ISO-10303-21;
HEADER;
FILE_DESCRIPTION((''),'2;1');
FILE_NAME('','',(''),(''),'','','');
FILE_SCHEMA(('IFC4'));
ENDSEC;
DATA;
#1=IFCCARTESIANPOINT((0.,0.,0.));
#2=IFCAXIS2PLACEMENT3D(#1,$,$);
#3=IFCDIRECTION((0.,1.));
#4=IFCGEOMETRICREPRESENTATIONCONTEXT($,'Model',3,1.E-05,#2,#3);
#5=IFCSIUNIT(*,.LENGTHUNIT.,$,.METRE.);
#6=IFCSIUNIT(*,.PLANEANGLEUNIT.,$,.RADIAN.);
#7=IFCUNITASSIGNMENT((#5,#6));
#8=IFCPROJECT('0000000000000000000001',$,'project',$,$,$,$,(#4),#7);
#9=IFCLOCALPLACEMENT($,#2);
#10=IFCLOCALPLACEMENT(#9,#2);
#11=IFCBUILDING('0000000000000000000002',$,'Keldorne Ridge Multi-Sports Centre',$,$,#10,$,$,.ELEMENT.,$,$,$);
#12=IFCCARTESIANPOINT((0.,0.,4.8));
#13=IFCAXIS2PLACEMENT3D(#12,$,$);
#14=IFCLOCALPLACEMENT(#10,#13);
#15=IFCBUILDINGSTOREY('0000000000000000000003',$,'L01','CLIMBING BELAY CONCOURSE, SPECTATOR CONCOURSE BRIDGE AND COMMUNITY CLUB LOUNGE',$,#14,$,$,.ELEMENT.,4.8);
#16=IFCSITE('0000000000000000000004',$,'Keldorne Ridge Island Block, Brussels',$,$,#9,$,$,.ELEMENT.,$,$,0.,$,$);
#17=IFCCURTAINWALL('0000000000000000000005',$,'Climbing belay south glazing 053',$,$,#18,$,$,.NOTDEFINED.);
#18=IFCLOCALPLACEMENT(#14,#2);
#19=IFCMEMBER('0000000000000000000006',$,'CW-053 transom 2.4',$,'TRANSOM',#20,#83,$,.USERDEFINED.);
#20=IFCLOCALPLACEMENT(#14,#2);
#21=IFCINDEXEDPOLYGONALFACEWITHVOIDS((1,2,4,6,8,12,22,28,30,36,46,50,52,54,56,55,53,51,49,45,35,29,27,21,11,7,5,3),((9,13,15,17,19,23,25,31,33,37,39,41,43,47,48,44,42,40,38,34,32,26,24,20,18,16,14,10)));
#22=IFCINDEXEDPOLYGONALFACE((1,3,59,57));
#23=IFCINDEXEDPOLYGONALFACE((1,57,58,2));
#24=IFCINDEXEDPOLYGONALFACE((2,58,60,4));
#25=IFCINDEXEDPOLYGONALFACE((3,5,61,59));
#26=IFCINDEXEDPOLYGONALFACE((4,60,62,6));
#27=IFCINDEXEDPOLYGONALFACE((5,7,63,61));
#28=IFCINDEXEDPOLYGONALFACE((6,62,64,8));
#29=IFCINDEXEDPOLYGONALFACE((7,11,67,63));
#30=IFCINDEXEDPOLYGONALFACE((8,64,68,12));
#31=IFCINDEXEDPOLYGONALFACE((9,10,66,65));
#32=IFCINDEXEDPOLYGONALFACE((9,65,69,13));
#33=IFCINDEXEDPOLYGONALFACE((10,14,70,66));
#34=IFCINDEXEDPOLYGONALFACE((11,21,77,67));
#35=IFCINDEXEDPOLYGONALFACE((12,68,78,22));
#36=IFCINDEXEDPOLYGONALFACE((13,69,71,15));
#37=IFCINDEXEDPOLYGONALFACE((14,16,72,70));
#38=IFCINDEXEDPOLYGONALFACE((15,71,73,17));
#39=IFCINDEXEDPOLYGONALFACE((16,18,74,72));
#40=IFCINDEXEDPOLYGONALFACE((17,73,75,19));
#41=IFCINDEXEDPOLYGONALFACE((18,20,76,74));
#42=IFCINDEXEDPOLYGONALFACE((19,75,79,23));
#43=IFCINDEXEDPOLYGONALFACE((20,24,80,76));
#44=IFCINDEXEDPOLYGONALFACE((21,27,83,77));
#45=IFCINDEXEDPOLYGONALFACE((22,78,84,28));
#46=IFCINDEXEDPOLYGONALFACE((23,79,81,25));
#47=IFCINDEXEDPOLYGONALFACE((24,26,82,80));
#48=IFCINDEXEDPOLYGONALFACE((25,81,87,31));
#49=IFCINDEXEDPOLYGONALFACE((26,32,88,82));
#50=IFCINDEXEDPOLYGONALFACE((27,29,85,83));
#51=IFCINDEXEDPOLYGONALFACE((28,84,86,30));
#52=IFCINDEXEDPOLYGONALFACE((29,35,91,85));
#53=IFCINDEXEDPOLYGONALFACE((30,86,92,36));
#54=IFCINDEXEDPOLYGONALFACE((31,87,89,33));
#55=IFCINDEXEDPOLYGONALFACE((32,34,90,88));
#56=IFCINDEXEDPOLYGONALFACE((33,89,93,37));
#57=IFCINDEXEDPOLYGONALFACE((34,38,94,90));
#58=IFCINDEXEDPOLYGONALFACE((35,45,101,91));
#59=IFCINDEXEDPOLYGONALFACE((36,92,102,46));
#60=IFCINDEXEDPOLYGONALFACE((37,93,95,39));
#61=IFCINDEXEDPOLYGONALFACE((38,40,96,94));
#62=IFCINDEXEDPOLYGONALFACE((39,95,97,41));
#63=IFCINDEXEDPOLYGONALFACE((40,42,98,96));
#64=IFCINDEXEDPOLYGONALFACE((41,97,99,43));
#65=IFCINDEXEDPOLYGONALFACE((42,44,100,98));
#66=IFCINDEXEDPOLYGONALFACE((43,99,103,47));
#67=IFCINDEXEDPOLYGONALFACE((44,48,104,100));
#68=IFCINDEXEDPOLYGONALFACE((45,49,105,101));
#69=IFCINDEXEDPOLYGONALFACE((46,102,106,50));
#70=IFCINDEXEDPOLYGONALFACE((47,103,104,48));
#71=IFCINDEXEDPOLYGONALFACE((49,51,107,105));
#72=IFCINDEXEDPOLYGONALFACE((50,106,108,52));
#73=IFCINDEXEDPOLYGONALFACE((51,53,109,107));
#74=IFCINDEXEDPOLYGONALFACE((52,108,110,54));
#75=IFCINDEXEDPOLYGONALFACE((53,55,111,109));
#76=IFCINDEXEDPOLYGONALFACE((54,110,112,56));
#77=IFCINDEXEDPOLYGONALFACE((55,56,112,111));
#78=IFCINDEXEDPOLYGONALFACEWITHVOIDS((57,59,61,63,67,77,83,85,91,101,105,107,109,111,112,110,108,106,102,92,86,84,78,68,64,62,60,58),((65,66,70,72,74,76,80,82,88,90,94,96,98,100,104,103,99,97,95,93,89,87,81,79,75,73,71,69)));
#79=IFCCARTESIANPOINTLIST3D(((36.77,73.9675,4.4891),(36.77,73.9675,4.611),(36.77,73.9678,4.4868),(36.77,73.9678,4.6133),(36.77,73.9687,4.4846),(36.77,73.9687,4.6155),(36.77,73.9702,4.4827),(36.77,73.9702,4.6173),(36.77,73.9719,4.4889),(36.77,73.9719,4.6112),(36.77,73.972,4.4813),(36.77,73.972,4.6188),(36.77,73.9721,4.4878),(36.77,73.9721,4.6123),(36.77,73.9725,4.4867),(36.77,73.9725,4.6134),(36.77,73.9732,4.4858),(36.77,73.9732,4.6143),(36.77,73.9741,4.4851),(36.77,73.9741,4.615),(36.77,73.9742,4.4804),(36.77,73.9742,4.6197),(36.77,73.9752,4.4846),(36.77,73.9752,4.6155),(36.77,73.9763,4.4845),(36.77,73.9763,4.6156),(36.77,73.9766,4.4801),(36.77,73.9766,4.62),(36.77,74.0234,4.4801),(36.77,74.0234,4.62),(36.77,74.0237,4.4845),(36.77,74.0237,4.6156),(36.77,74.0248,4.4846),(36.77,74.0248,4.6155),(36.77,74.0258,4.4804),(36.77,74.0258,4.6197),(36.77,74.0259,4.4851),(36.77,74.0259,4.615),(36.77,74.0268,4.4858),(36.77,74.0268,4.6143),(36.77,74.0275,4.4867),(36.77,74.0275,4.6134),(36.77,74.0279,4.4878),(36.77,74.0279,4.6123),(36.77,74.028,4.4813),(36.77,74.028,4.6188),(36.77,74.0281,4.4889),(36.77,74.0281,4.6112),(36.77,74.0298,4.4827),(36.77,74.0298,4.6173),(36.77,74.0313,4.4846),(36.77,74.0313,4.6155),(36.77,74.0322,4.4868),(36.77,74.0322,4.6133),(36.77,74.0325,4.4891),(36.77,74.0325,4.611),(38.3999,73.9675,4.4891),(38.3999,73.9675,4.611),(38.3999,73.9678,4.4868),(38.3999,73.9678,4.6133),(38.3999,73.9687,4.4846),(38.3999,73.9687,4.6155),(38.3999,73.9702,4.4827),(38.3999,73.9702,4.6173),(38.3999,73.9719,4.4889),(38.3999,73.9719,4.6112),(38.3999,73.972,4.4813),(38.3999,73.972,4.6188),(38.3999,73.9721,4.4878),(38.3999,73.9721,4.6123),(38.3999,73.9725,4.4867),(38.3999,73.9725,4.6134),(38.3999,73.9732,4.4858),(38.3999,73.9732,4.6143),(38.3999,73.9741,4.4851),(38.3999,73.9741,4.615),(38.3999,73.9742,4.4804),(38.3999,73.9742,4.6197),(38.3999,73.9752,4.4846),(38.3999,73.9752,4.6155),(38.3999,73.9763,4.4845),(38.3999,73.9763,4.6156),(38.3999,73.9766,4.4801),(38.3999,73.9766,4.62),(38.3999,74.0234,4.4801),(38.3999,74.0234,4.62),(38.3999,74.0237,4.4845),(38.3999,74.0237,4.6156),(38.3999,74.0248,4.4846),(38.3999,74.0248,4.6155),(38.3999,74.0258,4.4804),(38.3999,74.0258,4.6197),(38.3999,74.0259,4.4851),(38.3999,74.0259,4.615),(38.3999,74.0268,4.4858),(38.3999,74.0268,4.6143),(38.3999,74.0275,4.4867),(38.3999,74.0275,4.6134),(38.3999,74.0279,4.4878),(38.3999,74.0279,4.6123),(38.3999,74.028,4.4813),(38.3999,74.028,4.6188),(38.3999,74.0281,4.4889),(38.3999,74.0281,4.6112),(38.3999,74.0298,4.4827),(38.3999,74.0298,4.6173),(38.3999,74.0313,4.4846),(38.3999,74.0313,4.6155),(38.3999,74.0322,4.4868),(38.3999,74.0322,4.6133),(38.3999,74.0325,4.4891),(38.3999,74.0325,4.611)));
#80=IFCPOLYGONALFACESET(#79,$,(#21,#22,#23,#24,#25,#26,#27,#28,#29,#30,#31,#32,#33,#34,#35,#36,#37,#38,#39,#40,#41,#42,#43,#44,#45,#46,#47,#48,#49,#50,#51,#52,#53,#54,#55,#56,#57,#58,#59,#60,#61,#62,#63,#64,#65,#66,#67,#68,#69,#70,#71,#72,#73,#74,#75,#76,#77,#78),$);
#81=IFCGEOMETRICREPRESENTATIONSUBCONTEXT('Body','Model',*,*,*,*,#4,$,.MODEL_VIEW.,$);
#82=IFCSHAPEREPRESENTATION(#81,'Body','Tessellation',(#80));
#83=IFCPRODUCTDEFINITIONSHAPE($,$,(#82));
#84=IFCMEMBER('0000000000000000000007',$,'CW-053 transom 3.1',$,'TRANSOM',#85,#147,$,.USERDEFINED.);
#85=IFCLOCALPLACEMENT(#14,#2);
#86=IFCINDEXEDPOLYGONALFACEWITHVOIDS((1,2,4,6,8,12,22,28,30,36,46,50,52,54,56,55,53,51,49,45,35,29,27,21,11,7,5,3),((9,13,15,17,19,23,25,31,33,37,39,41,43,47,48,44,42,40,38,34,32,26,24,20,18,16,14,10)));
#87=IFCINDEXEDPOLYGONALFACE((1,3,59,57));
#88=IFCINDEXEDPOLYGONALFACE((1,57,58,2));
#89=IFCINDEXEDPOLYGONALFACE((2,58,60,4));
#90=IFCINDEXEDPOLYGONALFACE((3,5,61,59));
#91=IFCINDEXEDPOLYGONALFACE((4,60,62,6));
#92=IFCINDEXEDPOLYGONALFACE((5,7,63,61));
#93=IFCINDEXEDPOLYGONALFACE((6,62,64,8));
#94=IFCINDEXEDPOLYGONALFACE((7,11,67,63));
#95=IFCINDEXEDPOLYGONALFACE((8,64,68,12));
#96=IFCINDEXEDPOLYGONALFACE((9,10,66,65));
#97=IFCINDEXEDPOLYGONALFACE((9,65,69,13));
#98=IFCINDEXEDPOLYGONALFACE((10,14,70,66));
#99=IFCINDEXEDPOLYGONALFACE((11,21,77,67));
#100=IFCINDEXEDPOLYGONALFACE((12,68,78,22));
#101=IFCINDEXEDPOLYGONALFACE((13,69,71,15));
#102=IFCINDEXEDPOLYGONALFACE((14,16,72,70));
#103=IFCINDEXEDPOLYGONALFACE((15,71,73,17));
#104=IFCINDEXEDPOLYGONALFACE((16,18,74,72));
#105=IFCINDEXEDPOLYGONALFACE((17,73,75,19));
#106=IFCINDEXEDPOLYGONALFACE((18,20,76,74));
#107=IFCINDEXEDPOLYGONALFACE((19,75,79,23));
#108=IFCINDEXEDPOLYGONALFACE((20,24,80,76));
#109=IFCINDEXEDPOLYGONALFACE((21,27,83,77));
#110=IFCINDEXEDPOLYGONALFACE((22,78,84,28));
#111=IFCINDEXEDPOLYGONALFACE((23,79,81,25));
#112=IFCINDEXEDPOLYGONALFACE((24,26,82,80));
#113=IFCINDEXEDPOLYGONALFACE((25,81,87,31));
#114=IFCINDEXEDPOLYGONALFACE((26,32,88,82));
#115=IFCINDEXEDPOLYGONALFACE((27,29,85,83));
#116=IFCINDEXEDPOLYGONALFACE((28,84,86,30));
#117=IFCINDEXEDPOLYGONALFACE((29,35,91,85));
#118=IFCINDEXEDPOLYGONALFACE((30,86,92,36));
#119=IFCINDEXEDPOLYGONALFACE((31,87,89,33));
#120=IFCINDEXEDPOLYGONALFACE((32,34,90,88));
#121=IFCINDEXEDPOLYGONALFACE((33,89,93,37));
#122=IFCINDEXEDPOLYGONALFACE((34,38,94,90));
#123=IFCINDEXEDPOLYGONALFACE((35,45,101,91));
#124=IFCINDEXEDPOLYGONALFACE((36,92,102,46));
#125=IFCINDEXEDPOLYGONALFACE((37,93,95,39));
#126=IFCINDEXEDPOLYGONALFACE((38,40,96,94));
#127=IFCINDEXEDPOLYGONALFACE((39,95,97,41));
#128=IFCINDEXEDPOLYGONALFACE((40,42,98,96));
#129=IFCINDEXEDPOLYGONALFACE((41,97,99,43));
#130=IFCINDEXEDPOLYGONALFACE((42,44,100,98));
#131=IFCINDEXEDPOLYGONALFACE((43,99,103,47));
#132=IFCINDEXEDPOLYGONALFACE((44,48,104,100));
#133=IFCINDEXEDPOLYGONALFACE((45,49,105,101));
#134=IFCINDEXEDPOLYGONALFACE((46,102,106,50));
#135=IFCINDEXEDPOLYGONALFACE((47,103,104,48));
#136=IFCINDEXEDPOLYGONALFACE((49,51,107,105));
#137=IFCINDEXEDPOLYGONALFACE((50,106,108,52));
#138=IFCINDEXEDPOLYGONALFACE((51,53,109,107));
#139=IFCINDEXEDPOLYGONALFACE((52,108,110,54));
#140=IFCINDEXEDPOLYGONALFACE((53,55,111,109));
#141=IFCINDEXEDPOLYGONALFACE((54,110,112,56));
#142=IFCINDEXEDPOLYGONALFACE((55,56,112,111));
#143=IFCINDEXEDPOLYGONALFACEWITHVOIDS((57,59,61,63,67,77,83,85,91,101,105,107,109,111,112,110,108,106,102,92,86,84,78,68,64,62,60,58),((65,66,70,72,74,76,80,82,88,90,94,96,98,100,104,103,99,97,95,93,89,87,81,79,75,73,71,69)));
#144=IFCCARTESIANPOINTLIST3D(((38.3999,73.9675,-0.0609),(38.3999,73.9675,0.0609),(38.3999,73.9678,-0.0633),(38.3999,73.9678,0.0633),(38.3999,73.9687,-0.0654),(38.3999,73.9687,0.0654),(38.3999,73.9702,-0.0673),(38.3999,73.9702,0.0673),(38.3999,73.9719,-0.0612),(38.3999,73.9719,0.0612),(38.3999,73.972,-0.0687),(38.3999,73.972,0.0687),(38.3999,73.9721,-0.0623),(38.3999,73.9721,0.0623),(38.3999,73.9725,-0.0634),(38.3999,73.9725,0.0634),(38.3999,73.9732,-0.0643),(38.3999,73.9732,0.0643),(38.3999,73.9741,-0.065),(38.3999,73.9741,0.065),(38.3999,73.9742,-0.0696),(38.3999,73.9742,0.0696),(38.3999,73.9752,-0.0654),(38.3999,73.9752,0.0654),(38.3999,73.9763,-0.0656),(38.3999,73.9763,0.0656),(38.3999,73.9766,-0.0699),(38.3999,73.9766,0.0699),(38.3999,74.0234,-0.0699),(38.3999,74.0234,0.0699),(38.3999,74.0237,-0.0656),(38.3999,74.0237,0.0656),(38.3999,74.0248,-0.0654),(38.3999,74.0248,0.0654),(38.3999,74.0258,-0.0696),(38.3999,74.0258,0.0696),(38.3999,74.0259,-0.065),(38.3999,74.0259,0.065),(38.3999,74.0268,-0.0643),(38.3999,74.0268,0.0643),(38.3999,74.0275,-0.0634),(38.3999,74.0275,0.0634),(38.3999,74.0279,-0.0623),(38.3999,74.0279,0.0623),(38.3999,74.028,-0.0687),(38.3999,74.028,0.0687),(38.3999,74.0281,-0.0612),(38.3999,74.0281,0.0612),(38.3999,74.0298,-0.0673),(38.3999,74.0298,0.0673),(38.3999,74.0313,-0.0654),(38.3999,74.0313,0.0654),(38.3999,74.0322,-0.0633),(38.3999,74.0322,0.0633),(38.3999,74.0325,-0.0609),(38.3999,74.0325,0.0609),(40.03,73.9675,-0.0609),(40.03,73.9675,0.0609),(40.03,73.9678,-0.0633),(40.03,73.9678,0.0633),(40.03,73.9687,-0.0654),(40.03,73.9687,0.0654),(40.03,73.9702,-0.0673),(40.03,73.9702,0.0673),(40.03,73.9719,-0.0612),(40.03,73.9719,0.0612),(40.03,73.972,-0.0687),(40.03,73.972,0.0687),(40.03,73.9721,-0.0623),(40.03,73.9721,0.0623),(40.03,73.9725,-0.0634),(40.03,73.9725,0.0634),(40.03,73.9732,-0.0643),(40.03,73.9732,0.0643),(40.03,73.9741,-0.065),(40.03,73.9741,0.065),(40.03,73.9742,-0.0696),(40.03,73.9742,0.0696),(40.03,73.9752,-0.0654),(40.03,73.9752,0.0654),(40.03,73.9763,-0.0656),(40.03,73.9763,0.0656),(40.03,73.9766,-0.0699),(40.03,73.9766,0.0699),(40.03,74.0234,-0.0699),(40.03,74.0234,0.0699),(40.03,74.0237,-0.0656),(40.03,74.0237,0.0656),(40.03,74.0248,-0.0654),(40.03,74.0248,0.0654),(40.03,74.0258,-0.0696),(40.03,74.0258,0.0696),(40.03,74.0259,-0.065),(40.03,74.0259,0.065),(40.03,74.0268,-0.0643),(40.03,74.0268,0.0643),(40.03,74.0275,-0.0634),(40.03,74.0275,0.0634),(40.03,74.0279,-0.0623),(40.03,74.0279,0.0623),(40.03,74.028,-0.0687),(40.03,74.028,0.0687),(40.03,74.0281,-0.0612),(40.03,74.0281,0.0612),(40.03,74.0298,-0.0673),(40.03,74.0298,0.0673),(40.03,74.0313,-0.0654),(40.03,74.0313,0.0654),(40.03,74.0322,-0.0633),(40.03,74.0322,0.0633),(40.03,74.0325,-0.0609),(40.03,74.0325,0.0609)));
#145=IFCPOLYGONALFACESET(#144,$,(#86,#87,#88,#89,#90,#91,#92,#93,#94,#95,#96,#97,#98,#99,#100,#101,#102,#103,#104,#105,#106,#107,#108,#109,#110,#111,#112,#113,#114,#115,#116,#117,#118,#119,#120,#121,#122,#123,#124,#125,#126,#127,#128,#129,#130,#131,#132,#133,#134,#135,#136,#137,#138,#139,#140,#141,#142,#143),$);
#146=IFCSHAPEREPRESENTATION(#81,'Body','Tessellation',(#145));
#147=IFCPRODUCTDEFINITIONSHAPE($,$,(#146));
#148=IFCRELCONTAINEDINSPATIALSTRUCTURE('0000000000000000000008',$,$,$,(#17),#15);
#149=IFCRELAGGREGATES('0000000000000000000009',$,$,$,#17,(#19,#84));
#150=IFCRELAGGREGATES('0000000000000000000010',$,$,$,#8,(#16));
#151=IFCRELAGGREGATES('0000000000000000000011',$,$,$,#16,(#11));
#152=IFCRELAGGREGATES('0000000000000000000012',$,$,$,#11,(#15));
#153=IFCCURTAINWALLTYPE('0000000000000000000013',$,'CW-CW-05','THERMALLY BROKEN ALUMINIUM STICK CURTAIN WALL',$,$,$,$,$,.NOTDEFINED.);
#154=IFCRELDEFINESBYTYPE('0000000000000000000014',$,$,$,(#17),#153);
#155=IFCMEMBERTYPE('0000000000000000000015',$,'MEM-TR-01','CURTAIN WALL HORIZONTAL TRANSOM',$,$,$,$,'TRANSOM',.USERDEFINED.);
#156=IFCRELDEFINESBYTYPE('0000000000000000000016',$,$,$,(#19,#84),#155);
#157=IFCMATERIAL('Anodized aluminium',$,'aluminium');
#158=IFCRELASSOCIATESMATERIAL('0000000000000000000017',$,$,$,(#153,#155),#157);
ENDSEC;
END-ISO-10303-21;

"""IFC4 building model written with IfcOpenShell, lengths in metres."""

from ifc_helpers import new_model, si_unit, direction, frame, origin, origin_2d, place, context, subcontext, project, spatial, hollow_rectangle, extrude, material, material_profile, profile_set, type_object, element, aggregate, save


model = new_model("IFC4")

# Units and contexts
model_context = context("Model", 3, precision=1e-05, world=origin(), true_north=direction((0.0, 1.0)))
body_context = subcontext(model_context, "Body", "Model", "MODEL_VIEW")
ifc_project = project(units=[si_unit("LENGTHUNIT", "METRE"), si_unit("PLANEANGLEUNIT", "RADIAN")], contexts=[model_context])

# Site, building, storey
site_placement = place(None, origin())
site = spatial("IfcSite", under=ifc_project, at=site_placement, Name="Keldorne Ridge Island Block, Brussels", CompositionType="ELEMENT", RefElevation=0.0)
building_placement = place(site_placement, origin())
building = spatial("IfcBuilding", under=site, at=building_placement, Name="Keldorne Ridge Multi-Sports Centre", CompositionType="ELEMENT")
storey_placement = place(building_placement, frame((0.0, 0.0, 4.8)))
storey = spatial("IfcBuildingStorey", under=building, at=storey_placement, Name="L01", Description="CLIMBING BELAY CONCOURSE, SPECTATOR CONCOURSE BRIDGE AND COMMUNITY CLUB LOUNGE", CompositionType="ELEMENT", Elevation=4.8)

# Curtain wall, members
ifc_material_1 = material(Name="Anodized aluminium", Category="aluminium")
curtain_wall_type = type_object("IfcCurtainWallType", Name="CW-CW-05", Description="THERMALLY BROKEN ALUMINIUM STICK CURTAIN WALL", PredefinedType="NOTDEFINED", material=ifc_material_1)
curtain_wall_placement = place(storey_placement, origin())
curtain_wall = element("IfcCurtainWall", 1, at=curtain_wall_placement, inside=storey, type_object=curtain_wall_type, Name="Climbing belay south glazing 053", PredefinedType="NOTDEFINED")
ifc_material_profile_1 = material_profile(ifc_material_1, hollow_rectangle(XDim=0.0649, YDim=0.1399, WallThickness=0.0044, InnerFilletRadius=0.0044, OuterFilletRadius=0.009, at=origin_2d()), Name="ALU TRANSOM 140x65x4.5")
ifc_profile_set_1 = profile_set([ifc_material_profile_1], Name="Anodized aluminium")
member_type_1 = type_object("IfcMemberType", Name="MEM-TR-01", Description="CURTAIN WALL HORIZONTAL TRANSOM", ElementType="TRANSOM", PredefinedType="USERDEFINED", material=ifc_profile_set_1)
member_1_placement = place(storey_placement, frame((36.77, 74.0, 4.55), z_axis=(1.0, 0.0, 0.0), x_axis=(0.0, 1.0, 0.0)))
member_1 = element("IfcMember", 2, at=member_1_placement, type_object=member_type_1, Name="CW-053 transom 2.4", ObjectType="TRANSOM", PredefinedType="USERDEFINED", context=body_context, shape_type="SweptSolid", body=[
    extrude(hollow_rectangle(XDim=0.0649, YDim=0.1399, WallThickness=0.0044, InnerFilletRadius=0.0044, OuterFilletRadius=0.009, at=origin_2d()), origin(), (0.0, 0.0, 1.0), 1.6299),
])
member_2_placement = place(storey_placement, frame((38.3999, 74.0, 0.0), z_axis=(1.0, 0.0, 0.0), x_axis=(0.0, 1.0, 0.0)))
member_2 = element("IfcMember", 3, at=member_2_placement, type_object=member_type_1, Name="CW-053 transom 3.1", ObjectType="TRANSOM", PredefinedType="USERDEFINED", context=body_context, shape_type="SweptSolid", body=[
    extrude(hollow_rectangle(XDim=0.0649, YDim=0.1399, WallThickness=0.0044, InnerFilletRadius=0.0044, OuterFilletRadius=0.009, at=origin_2d()), origin(), (0.0, 0.0, 1.0), 1.6301),
])
aggregate(curtain_wall, [member_1, member_2])

save(model, "model.ifc")
